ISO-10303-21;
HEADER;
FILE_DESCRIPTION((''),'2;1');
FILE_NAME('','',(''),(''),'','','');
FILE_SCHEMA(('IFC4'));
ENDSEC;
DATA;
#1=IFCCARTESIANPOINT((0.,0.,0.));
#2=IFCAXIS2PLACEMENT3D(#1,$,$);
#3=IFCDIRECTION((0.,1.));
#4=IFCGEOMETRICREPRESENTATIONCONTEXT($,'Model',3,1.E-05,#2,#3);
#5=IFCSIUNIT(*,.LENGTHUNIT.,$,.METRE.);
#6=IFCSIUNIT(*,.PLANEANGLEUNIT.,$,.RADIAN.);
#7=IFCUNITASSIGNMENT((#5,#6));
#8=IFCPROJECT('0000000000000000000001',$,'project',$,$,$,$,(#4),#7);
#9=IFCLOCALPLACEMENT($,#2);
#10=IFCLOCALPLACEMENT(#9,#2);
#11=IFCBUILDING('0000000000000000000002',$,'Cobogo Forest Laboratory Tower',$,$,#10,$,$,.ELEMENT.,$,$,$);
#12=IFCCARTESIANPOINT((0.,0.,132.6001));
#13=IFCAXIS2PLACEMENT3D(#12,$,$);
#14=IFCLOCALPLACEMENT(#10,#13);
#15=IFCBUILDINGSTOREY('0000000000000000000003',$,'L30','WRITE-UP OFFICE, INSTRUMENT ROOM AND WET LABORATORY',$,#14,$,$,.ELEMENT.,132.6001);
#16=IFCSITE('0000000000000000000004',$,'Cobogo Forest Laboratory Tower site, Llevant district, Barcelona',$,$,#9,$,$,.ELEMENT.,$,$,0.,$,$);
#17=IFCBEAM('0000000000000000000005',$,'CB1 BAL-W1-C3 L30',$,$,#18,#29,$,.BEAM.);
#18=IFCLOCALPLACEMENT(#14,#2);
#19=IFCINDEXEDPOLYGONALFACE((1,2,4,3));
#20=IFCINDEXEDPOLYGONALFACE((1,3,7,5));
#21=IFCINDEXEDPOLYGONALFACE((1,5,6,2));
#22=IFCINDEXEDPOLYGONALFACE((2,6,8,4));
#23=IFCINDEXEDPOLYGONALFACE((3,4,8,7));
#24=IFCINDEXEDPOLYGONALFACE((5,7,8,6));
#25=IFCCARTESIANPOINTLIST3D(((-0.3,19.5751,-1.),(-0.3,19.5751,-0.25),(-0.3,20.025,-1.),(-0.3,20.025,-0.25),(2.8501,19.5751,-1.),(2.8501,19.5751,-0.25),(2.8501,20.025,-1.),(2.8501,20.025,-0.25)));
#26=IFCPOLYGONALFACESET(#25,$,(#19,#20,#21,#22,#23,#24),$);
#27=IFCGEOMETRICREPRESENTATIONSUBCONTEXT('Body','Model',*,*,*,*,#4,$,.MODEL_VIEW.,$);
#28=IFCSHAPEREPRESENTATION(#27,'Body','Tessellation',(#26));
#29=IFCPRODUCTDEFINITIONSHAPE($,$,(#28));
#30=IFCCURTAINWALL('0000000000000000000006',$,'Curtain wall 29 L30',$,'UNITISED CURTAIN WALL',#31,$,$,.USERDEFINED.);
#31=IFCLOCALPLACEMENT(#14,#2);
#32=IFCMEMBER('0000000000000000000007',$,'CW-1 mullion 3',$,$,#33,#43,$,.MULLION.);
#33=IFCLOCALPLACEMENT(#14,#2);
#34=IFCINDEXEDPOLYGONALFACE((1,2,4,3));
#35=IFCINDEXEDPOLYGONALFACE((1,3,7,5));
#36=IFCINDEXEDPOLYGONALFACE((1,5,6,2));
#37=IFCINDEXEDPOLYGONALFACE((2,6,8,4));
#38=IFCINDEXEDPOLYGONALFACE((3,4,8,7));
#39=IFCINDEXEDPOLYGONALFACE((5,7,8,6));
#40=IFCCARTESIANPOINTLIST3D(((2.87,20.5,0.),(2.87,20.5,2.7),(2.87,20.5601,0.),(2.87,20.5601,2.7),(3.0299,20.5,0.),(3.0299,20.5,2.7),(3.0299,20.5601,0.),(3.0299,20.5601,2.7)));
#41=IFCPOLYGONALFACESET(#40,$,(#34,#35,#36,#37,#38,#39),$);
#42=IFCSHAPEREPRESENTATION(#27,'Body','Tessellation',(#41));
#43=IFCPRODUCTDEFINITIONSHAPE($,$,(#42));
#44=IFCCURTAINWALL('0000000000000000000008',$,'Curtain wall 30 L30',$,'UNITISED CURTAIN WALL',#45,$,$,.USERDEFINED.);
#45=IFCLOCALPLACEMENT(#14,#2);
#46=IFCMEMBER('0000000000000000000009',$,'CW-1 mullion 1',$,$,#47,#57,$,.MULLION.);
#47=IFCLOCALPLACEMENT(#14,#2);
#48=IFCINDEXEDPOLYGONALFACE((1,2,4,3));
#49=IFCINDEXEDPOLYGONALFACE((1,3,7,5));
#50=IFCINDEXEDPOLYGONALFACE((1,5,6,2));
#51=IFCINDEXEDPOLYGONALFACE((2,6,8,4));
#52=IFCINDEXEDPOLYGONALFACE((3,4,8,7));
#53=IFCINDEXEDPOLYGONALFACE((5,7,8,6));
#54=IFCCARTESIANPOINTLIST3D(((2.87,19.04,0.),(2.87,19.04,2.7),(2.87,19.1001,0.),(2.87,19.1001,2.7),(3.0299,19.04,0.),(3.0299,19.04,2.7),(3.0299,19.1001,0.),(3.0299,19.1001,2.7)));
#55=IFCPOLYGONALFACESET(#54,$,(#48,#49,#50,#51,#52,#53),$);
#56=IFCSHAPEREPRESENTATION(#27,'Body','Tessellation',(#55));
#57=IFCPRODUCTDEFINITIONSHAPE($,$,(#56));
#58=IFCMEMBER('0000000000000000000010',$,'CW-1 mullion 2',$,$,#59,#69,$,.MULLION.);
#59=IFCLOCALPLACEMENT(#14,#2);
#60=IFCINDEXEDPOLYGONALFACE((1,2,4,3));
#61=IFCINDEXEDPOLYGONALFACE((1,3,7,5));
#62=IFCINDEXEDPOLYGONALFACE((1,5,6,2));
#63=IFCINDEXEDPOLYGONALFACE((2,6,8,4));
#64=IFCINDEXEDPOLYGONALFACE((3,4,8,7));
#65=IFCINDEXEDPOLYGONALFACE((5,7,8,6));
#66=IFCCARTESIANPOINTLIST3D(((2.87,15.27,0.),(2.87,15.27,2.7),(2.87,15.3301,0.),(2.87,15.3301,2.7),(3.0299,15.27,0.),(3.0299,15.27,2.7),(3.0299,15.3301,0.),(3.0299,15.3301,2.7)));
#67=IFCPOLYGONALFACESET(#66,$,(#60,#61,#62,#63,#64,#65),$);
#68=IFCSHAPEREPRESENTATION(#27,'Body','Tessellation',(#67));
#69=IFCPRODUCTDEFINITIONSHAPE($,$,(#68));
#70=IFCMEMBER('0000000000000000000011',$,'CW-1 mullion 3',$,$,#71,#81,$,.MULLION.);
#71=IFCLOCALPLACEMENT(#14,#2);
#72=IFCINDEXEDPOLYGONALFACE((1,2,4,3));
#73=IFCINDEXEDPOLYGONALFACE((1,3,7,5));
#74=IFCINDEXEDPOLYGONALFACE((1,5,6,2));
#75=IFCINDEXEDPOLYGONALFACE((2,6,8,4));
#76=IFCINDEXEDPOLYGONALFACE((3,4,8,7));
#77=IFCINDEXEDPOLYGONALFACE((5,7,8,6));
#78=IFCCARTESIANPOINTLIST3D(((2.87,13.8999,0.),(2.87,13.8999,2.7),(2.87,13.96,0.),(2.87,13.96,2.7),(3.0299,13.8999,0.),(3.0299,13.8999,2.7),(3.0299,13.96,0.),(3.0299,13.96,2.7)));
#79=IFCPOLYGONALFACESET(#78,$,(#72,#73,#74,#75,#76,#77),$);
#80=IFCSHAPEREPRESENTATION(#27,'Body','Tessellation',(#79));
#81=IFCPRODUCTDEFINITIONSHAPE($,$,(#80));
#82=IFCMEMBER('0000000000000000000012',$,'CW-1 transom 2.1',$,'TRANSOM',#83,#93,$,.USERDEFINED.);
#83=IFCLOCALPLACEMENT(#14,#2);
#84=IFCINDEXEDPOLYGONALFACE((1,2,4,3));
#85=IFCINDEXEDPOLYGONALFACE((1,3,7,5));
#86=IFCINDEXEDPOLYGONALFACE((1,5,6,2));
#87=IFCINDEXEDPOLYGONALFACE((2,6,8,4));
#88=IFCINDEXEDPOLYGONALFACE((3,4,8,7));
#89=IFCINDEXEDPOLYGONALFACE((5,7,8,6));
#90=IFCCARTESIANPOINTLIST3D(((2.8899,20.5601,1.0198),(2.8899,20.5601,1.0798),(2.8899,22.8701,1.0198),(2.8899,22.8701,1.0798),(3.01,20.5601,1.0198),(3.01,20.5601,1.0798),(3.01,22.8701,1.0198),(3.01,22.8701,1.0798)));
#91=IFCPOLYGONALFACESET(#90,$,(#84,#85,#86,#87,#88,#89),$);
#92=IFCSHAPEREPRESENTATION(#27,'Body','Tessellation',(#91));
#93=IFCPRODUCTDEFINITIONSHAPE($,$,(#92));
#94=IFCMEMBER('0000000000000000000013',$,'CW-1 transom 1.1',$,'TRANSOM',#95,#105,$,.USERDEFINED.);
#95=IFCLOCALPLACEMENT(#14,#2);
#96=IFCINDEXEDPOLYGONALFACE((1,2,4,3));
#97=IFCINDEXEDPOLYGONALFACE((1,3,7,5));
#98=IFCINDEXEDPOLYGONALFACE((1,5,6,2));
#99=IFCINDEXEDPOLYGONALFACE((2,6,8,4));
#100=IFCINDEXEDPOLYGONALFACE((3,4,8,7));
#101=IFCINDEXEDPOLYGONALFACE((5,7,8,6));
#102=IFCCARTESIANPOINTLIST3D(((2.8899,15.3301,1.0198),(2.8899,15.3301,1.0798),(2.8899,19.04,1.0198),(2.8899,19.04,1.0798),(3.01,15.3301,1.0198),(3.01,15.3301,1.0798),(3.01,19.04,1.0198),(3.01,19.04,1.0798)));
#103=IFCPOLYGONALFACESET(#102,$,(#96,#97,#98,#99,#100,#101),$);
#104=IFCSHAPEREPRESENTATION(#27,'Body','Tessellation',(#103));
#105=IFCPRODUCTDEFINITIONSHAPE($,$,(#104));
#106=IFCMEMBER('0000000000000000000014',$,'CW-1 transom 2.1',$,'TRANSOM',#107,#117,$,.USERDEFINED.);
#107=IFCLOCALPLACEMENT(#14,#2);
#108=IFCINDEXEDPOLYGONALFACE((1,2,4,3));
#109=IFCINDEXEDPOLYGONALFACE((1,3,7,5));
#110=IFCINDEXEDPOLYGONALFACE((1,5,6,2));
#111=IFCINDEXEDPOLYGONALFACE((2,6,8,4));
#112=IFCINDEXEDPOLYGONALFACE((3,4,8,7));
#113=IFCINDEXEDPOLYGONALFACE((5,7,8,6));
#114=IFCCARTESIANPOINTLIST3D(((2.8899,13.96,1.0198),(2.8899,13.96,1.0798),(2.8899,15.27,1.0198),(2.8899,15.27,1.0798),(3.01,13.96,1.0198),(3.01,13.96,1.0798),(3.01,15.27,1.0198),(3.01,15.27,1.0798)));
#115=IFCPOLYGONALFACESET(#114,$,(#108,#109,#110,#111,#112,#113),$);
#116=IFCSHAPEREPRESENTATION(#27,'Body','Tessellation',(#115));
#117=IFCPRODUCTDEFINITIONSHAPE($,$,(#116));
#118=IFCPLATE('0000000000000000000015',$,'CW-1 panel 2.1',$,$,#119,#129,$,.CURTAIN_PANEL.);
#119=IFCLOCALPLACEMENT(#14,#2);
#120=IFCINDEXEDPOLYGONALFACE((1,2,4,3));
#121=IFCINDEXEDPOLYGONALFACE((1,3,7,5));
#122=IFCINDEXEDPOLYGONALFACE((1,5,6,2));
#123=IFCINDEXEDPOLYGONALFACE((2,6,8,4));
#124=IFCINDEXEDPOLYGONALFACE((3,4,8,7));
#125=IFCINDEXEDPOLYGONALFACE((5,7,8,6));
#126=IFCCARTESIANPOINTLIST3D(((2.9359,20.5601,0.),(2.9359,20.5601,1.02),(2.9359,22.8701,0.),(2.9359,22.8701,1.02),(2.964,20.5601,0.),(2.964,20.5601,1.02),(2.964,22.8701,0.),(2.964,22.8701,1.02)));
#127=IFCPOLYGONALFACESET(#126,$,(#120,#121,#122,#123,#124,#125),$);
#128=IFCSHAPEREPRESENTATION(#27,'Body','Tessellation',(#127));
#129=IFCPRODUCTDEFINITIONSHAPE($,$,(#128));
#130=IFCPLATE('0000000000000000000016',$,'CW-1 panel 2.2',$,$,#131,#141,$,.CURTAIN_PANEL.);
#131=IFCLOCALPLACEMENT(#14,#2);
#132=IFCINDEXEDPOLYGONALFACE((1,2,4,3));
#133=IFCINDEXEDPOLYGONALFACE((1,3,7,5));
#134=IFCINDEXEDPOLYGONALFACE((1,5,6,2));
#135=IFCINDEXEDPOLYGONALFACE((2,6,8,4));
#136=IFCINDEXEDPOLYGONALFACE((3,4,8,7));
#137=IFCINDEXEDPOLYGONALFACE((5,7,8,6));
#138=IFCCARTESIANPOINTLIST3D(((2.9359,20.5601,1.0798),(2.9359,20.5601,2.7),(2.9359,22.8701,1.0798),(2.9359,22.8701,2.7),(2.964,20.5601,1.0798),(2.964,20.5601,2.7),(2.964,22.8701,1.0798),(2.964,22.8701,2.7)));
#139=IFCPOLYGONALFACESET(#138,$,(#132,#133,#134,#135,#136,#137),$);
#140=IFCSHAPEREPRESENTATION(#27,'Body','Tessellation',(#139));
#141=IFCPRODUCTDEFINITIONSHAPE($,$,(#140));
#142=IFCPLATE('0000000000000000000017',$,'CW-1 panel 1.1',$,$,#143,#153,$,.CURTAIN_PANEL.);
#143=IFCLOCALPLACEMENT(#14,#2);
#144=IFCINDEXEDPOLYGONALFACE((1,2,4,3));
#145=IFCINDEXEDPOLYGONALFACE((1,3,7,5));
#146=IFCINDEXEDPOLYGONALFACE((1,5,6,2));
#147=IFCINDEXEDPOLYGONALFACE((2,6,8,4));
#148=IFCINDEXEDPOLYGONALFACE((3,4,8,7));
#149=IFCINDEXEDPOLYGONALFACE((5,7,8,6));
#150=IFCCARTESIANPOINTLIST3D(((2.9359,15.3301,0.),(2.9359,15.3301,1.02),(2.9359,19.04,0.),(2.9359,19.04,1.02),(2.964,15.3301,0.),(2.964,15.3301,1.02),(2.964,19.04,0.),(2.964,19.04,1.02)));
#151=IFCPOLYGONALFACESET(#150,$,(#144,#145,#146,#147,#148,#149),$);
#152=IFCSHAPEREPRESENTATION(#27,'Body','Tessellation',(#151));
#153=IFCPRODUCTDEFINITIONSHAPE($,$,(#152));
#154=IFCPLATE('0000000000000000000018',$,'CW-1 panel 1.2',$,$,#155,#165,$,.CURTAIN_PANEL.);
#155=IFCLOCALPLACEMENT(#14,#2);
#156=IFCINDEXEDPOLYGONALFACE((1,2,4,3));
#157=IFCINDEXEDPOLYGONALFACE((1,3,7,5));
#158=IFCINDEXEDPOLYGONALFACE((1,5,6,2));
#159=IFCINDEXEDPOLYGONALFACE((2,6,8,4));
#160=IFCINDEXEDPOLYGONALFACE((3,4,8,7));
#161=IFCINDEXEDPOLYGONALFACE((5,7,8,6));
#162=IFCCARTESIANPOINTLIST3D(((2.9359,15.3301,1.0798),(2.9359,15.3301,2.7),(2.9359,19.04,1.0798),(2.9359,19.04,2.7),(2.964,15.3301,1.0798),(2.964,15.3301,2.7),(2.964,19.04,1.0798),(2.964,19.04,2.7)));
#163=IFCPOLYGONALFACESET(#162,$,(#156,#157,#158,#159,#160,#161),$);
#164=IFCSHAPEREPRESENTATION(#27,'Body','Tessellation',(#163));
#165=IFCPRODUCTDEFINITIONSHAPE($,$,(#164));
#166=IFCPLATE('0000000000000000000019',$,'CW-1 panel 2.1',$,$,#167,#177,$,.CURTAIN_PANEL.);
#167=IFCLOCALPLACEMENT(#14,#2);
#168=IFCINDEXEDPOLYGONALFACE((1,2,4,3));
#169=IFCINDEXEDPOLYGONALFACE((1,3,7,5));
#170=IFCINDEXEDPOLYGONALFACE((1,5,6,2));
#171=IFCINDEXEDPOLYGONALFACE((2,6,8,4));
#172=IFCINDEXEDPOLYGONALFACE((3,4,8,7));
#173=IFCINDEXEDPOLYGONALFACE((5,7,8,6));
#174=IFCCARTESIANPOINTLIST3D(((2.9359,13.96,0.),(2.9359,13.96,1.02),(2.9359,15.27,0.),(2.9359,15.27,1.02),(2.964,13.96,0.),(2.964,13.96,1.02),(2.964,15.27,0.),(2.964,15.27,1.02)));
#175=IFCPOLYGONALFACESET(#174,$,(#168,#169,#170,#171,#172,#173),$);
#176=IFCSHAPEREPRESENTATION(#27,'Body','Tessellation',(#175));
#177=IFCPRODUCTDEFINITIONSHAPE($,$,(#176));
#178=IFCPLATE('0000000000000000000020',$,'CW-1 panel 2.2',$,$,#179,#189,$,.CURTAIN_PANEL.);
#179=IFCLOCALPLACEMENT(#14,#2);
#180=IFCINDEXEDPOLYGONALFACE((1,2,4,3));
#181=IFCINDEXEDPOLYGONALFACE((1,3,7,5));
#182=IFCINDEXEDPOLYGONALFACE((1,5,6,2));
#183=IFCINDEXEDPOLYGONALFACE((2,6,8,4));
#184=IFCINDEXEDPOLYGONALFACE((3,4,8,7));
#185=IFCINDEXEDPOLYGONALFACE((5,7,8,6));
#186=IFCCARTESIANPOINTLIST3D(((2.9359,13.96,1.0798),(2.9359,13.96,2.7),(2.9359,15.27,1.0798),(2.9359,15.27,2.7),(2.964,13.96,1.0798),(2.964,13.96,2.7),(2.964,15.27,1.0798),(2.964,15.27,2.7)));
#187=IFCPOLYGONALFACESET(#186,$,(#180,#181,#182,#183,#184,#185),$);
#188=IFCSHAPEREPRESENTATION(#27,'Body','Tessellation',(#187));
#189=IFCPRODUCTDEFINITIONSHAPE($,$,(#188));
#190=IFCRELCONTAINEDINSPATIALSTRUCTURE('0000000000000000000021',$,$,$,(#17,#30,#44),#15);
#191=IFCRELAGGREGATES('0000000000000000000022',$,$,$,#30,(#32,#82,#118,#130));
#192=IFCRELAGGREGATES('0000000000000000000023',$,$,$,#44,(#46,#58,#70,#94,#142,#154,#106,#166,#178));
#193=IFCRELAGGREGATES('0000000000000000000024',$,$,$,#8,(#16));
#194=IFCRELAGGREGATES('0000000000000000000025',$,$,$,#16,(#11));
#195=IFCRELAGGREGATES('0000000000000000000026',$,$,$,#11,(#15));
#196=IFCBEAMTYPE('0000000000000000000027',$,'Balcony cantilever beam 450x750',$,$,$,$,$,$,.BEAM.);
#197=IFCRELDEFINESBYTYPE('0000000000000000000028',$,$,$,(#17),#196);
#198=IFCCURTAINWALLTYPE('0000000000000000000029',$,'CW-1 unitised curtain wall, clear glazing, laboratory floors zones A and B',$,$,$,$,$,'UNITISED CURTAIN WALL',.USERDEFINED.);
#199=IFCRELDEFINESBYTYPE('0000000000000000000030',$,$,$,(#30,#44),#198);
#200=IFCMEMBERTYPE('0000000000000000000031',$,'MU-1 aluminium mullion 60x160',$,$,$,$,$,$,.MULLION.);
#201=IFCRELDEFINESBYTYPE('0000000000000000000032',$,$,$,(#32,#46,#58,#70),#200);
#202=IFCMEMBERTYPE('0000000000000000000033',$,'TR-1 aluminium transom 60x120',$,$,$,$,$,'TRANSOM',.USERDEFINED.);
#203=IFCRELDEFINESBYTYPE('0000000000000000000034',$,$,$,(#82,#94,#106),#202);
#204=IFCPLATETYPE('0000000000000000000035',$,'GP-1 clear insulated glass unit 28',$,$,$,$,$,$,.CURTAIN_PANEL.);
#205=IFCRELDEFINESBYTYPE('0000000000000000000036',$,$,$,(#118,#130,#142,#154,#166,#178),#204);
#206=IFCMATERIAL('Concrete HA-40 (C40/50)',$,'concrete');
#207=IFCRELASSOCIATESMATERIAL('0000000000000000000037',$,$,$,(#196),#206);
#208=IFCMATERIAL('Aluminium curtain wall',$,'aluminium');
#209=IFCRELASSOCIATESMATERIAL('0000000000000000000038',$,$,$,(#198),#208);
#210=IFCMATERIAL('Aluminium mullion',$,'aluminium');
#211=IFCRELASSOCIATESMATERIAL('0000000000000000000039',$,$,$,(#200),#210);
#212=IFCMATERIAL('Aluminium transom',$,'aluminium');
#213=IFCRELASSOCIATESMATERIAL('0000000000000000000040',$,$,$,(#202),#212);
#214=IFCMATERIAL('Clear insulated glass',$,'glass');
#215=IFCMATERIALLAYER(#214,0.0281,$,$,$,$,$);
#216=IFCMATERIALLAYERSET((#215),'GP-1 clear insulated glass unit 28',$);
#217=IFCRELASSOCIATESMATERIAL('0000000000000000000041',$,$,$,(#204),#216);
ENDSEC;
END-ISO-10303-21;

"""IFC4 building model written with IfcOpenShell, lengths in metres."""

from ifc_helpers import new_model, si_unit, direction, frame, origin, origin_2d, place, context, subcontext, project, spatial, rectangle, extrude, material, layer, layer_set, material_profile, profile_set, type_object, element, aggregate, save


model = new_model("IFC4")

# Units and contexts
model_context = context("Model", 3, precision=1e-05, world=origin(), true_north=direction((0.0, 1.0)))
body_context = subcontext(model_context, "Body", "Model", "MODEL_VIEW")
ifc_project = project(units=[si_unit("LENGTHUNIT", "METRE"), si_unit("PLANEANGLEUNIT", "RADIAN")], contexts=[model_context])

# Site, building, storey
site_placement = place(None, origin())
site = spatial("IfcSite", under=ifc_project, at=site_placement, Name="Cobogo Forest Laboratory Tower site, Llevant district, Barcelona", CompositionType="ELEMENT", RefElevation=0.0)
building_placement = place(site_placement, origin())
building = spatial("IfcBuilding", under=site, at=building_placement, Name="Cobogo Forest Laboratory Tower", CompositionType="ELEMENT")
storey_placement = place(building_placement, frame((0.0, 0.0, 132.6001)))
storey = spatial("IfcBuildingStorey", under=building, at=storey_placement, Name="L30", Description="WRITE-UP OFFICE, INSTRUMENT ROOM AND WET LABORATORY", CompositionType="ELEMENT", Elevation=132.6001)

# Beam
ifc_material_1 = material(Name="Concrete HA-40 (C40/50)", Category="concrete")
ifc_material_profile_1 = material_profile(ifc_material_1, rectangle(XDim=0.45, YDim=0.75, at=origin_2d()), Name="RC 450x750")
ifc_profile_set_1 = profile_set([ifc_material_profile_1], Name="Concrete HA-40 (C40/50)")
beam_type = type_object("IfcBeamType", Name="Balcony cantilever beam 450x750", PredefinedType="BEAM", material=ifc_profile_set_1)
beam_placement = place(storey_placement, frame((2.8501, 19.8, -0.625), z_axis=(-1.0, 0.0, 0.0), x_axis=(0.0, -1.0, 0.0)))
element("IfcBeam", 1, at=beam_placement, inside=storey, type_object=beam_type, Name="CB1 BAL-W1-C3 L30", PredefinedType="BEAM", context=body_context, shape_type="SweptSolid", body=[
    extrude(rectangle(XDim=0.45, YDim=0.75, at=origin_2d()), origin(), (0.0, 0.0, 1.0), 3.1501),
])

# Curtain wall, member
ifc_material_2 = material(Name="Aluminium curtain wall", Category="aluminium")
curtain_wall_type = type_object("IfcCurtainWallType", Name="CW-1 unitised curtain wall, clear glazing, laboratory floors zones A and B", ElementType="UNITISED CURTAIN WALL", PredefinedType="USERDEFINED", material=ifc_material_2)
curtain_wall_1_placement = place(storey_placement, origin())
curtain_wall_1 = element("IfcCurtainWall", 2, at=curtain_wall_1_placement, inside=storey, type_object=curtain_wall_type, Name="Curtain wall 29 L30", ObjectType="UNITISED CURTAIN WALL", PredefinedType="USERDEFINED")
ifc_material_3 = material(Name="Aluminium mullion", Category="aluminium")
ifc_material_profile_2 = material_profile(ifc_material_3, rectangle(XDim=0.0601, YDim=0.1599, at=origin_2d()), Name="AL 60x160")
ifc_profile_set_2 = profile_set([ifc_material_profile_2], Name="Aluminium mullion")
member_type_1 = type_object("IfcMemberType", Name="MU-1 aluminium mullion 60x160", PredefinedType="MULLION", material=ifc_profile_set_2)
member_1_placement = place(storey_placement, frame((2.95, 20.53, 0.0), z_axis=(0.0, 0.0, 1.0), x_axis=(0.0, -1.0, 0.0)))
member_1 = element("IfcMember", 3, at=member_1_placement, type_object=member_type_1, Name="CW-1 mullion 3", PredefinedType="MULLION", context=body_context, shape_type="SweptSolid", body=[
    extrude(rectangle(XDim=0.0601, YDim=0.1599, at=origin_2d()), origin(), (0.0, 0.0, 1.0), 2.7),
])

# Curtain wall, members
curtain_wall_2_placement = place(storey_placement, origin())
curtain_wall_2 = element("IfcCurtainWall", 4, at=curtain_wall_2_placement, inside=storey, type_object=curtain_wall_type, Name="Curtain wall 30 L30", ObjectType="UNITISED CURTAIN WALL", PredefinedType="USERDEFINED")
member_2_placement = place(storey_placement, frame((2.95, 19.0701, 0.0), z_axis=(0.0, 0.0, 1.0), x_axis=(0.0, -1.0, 0.0)))
member_2 = element("IfcMember", 5, at=member_2_placement, type_object=member_type_1, Name="CW-1 mullion 1", PredefinedType="MULLION", context=body_context, shape_type="SweptSolid", body=[
    extrude(rectangle(XDim=0.0601, YDim=0.1599, at=origin_2d()), origin(), (0.0, 0.0, 1.0), 2.7),
])
member_3_placement = place(storey_placement, frame((2.95, 15.3, 0.0), z_axis=(0.0, 0.0, 1.0), x_axis=(0.0, -1.0, 0.0)))
member_3 = element("IfcMember", 6, at=member_3_placement, type_object=member_type_1, Name="CW-1 mullion 2", PredefinedType="MULLION", context=body_context, shape_type="SweptSolid", body=[
    extrude(rectangle(XDim=0.0601, YDim=0.1599, at=origin_2d()), origin(), (0.0, 0.0, 1.0), 2.7),
])
member_4_placement = place(storey_placement, frame((2.95, 13.9299, 0.0), z_axis=(0.0, 0.0, 1.0), x_axis=(0.0, -1.0, 0.0)))
member_4 = element("IfcMember", 7, at=member_4_placement, type_object=member_type_1, Name="CW-1 mullion 3", PredefinedType="MULLION", context=body_context, shape_type="SweptSolid", body=[
    extrude(rectangle(XDim=0.0601, YDim=0.1599, at=origin_2d()), origin(), (0.0, 0.0, 1.0), 2.7),
])

# Members
ifc_material_4 = material(Name="Aluminium transom", Category="aluminium")
ifc_material_profile_3 = material_profile(ifc_material_4, rectangle(XDim=0.1201, YDim=0.0601, at=origin_2d()), Name="AL 60x120")
ifc_profile_set_3 = profile_set([ifc_material_profile_3], Name="Aluminium transom")
member_type_2 = type_object("IfcMemberType", Name="TR-1 aluminium transom 60x120", ElementType="TRANSOM", PredefinedType="USERDEFINED", material=ifc_profile_set_3)
member_5_placement = place(storey_placement, frame((2.95, 22.8701, 1.0498), z_axis=(0.0, -1.0, 0.0), x_axis=(1.0, 0.0, 0.0)))
member_5 = element("IfcMember", 8, at=member_5_placement, type_object=member_type_2, Name="CW-1 transom 2.1", ObjectType="TRANSOM", PredefinedType="USERDEFINED", context=body_context, shape_type="SweptSolid", body=[
    extrude(rectangle(XDim=0.1201, YDim=0.0601, at=origin_2d()), origin(), (0.0, 0.0, 1.0), 2.3101),
])
member_6_placement = place(storey_placement, frame((2.95, 19.04, 1.0498), z_axis=(0.0, -1.0, 0.0), x_axis=(1.0, 0.0, 0.0)))
member_6 = element("IfcMember", 9, at=member_6_placement, type_object=member_type_2, Name="CW-1 transom 1.1", ObjectType="TRANSOM", PredefinedType="USERDEFINED", context=body_context, shape_type="SweptSolid", body=[
    extrude(rectangle(XDim=0.1201, YDim=0.0601, at=origin_2d()), origin(), (0.0, 0.0, 1.0), 3.71),
])
member_7_placement = place(storey_placement, frame((2.95, 15.27, 1.0498), z_axis=(0.0, -1.0, 0.0), x_axis=(1.0, 0.0, 0.0)))
member_7 = element("IfcMember", 10, at=member_7_placement, type_object=member_type_2, Name="CW-1 transom 2.1", ObjectType="TRANSOM", PredefinedType="USERDEFINED", context=body_context, shape_type="SweptSolid", body=[
    extrude(rectangle(XDim=0.1201, YDim=0.0601, at=origin_2d()), origin(), (0.0, 0.0, 1.0), 1.3101),
])

# Plates
ifc_material_5 = material(Name="Clear insulated glass", Category="glass")
ifc_layer = layer(ifc_material_5, 0.0281)
ifc_layer_set = layer_set([ifc_layer], Name="GP-1 clear insulated glass unit 28")
plate_type_1 = type_object("IfcPlateType", Name="GP-1 clear insulated glass unit 28", PredefinedType="CURTAIN_PANEL", material=ifc_layer_set)
plate_1_placement = place(storey_placement, frame((2.95, 21.7151, 0.0), z_axis=(0.0, 0.0, 1.0), x_axis=(0.0, -1.0, 0.0)))
plate_1 = element("IfcPlate", 11, at=plate_1_placement, type_object=plate_type_1, Name="CW-1 panel 2.1", PredefinedType="CURTAIN_PANEL", context=body_context, shape_type="SweptSolid", body=[
    extrude(rectangle(XDim=2.3101, YDim=0.0281, at=origin_2d()), origin(), (0.0, 0.0, 1.0), 1.02),
])
plate_2_placement = place(storey_placement, frame((2.95, 21.7151, 1.0798), z_axis=(0.0, 0.0, 1.0), x_axis=(0.0, -1.0, 0.0)))
plate_2 = element("IfcPlate", 12, at=plate_2_placement, type_object=plate_type_1, Name="CW-1 panel 2.2", PredefinedType="CURTAIN_PANEL", context=body_context, shape_type="SweptSolid", body=[
    extrude(rectangle(XDim=2.3101, YDim=0.0281, at=origin_2d()), origin(), (0.0, 0.0, 1.0), 1.6201),
])
aggregate(curtain_wall_1, [member_1, member_5, plate_1, plate_2])
plate_3_placement = place(storey_placement, frame((2.95, 17.1851, 0.0), z_axis=(0.0, 0.0, 1.0), x_axis=(0.0, -1.0, 0.0)))
plate_3 = element("IfcPlate", 13, at=plate_3_placement, type_object=plate_type_1, Name="CW-1 panel 1.1", PredefinedType="CURTAIN_PANEL", context=body_context, shape_type="SweptSolid", body=[
    extrude(rectangle(XDim=3.71, YDim=0.0281, at=origin_2d()), origin(), (0.0, 0.0, 1.0), 1.02),
])
plate_4_placement = place(storey_placement, frame((2.95, 17.1851, 1.0798), z_axis=(0.0, 0.0, 1.0), x_axis=(0.0, -1.0, 0.0)))
plate_4 = element("IfcPlate", 14, at=plate_4_placement, type_object=plate_type_1, Name="CW-1 panel 1.2", PredefinedType="CURTAIN_PANEL", context=body_context, shape_type="SweptSolid", body=[
    extrude(rectangle(XDim=3.71, YDim=0.0281, at=origin_2d()), origin(), (0.0, 0.0, 1.0), 1.6201),
])
plate_5_placement = place(storey_placement, frame((2.95, 14.615, 0.0), z_axis=(0.0, 0.0, 1.0), x_axis=(0.0, -1.0, 0.0)))
plate_5 = element("IfcPlate", 15, at=plate_5_placement, type_object=plate_type_1, Name="CW-1 panel 2.1", PredefinedType="CURTAIN_PANEL", context=body_context, shape_type="SweptSolid", body=[
    extrude(rectangle(XDim=1.3101, YDim=0.0281, at=origin_2d()), origin(), (0.0, 0.0, 1.0), 1.02),
])
plate_6_placement = place(storey_placement, frame((2.95, 14.615, 1.0798), z_axis=(0.0, 0.0, 1.0), x_axis=(0.0, -1.0, 0.0)))
plate_6 = element("IfcPlate", 16, at=plate_6_placement, type_object=plate_type_1, Name="CW-1 panel 2.2", PredefinedType="CURTAIN_PANEL", context=body_context, shape_type="SweptSolid", body=[
    extrude(rectangle(XDim=1.3101, YDim=0.0281, at=origin_2d()), origin(), (0.0, 0.0, 1.0), 1.6201),
])
aggregate(curtain_wall_2, [member_2, member_3, member_4, member_6, plate_3, plate_4, member_7, plate_5, plate_6])

save(model, "model.ifc")
